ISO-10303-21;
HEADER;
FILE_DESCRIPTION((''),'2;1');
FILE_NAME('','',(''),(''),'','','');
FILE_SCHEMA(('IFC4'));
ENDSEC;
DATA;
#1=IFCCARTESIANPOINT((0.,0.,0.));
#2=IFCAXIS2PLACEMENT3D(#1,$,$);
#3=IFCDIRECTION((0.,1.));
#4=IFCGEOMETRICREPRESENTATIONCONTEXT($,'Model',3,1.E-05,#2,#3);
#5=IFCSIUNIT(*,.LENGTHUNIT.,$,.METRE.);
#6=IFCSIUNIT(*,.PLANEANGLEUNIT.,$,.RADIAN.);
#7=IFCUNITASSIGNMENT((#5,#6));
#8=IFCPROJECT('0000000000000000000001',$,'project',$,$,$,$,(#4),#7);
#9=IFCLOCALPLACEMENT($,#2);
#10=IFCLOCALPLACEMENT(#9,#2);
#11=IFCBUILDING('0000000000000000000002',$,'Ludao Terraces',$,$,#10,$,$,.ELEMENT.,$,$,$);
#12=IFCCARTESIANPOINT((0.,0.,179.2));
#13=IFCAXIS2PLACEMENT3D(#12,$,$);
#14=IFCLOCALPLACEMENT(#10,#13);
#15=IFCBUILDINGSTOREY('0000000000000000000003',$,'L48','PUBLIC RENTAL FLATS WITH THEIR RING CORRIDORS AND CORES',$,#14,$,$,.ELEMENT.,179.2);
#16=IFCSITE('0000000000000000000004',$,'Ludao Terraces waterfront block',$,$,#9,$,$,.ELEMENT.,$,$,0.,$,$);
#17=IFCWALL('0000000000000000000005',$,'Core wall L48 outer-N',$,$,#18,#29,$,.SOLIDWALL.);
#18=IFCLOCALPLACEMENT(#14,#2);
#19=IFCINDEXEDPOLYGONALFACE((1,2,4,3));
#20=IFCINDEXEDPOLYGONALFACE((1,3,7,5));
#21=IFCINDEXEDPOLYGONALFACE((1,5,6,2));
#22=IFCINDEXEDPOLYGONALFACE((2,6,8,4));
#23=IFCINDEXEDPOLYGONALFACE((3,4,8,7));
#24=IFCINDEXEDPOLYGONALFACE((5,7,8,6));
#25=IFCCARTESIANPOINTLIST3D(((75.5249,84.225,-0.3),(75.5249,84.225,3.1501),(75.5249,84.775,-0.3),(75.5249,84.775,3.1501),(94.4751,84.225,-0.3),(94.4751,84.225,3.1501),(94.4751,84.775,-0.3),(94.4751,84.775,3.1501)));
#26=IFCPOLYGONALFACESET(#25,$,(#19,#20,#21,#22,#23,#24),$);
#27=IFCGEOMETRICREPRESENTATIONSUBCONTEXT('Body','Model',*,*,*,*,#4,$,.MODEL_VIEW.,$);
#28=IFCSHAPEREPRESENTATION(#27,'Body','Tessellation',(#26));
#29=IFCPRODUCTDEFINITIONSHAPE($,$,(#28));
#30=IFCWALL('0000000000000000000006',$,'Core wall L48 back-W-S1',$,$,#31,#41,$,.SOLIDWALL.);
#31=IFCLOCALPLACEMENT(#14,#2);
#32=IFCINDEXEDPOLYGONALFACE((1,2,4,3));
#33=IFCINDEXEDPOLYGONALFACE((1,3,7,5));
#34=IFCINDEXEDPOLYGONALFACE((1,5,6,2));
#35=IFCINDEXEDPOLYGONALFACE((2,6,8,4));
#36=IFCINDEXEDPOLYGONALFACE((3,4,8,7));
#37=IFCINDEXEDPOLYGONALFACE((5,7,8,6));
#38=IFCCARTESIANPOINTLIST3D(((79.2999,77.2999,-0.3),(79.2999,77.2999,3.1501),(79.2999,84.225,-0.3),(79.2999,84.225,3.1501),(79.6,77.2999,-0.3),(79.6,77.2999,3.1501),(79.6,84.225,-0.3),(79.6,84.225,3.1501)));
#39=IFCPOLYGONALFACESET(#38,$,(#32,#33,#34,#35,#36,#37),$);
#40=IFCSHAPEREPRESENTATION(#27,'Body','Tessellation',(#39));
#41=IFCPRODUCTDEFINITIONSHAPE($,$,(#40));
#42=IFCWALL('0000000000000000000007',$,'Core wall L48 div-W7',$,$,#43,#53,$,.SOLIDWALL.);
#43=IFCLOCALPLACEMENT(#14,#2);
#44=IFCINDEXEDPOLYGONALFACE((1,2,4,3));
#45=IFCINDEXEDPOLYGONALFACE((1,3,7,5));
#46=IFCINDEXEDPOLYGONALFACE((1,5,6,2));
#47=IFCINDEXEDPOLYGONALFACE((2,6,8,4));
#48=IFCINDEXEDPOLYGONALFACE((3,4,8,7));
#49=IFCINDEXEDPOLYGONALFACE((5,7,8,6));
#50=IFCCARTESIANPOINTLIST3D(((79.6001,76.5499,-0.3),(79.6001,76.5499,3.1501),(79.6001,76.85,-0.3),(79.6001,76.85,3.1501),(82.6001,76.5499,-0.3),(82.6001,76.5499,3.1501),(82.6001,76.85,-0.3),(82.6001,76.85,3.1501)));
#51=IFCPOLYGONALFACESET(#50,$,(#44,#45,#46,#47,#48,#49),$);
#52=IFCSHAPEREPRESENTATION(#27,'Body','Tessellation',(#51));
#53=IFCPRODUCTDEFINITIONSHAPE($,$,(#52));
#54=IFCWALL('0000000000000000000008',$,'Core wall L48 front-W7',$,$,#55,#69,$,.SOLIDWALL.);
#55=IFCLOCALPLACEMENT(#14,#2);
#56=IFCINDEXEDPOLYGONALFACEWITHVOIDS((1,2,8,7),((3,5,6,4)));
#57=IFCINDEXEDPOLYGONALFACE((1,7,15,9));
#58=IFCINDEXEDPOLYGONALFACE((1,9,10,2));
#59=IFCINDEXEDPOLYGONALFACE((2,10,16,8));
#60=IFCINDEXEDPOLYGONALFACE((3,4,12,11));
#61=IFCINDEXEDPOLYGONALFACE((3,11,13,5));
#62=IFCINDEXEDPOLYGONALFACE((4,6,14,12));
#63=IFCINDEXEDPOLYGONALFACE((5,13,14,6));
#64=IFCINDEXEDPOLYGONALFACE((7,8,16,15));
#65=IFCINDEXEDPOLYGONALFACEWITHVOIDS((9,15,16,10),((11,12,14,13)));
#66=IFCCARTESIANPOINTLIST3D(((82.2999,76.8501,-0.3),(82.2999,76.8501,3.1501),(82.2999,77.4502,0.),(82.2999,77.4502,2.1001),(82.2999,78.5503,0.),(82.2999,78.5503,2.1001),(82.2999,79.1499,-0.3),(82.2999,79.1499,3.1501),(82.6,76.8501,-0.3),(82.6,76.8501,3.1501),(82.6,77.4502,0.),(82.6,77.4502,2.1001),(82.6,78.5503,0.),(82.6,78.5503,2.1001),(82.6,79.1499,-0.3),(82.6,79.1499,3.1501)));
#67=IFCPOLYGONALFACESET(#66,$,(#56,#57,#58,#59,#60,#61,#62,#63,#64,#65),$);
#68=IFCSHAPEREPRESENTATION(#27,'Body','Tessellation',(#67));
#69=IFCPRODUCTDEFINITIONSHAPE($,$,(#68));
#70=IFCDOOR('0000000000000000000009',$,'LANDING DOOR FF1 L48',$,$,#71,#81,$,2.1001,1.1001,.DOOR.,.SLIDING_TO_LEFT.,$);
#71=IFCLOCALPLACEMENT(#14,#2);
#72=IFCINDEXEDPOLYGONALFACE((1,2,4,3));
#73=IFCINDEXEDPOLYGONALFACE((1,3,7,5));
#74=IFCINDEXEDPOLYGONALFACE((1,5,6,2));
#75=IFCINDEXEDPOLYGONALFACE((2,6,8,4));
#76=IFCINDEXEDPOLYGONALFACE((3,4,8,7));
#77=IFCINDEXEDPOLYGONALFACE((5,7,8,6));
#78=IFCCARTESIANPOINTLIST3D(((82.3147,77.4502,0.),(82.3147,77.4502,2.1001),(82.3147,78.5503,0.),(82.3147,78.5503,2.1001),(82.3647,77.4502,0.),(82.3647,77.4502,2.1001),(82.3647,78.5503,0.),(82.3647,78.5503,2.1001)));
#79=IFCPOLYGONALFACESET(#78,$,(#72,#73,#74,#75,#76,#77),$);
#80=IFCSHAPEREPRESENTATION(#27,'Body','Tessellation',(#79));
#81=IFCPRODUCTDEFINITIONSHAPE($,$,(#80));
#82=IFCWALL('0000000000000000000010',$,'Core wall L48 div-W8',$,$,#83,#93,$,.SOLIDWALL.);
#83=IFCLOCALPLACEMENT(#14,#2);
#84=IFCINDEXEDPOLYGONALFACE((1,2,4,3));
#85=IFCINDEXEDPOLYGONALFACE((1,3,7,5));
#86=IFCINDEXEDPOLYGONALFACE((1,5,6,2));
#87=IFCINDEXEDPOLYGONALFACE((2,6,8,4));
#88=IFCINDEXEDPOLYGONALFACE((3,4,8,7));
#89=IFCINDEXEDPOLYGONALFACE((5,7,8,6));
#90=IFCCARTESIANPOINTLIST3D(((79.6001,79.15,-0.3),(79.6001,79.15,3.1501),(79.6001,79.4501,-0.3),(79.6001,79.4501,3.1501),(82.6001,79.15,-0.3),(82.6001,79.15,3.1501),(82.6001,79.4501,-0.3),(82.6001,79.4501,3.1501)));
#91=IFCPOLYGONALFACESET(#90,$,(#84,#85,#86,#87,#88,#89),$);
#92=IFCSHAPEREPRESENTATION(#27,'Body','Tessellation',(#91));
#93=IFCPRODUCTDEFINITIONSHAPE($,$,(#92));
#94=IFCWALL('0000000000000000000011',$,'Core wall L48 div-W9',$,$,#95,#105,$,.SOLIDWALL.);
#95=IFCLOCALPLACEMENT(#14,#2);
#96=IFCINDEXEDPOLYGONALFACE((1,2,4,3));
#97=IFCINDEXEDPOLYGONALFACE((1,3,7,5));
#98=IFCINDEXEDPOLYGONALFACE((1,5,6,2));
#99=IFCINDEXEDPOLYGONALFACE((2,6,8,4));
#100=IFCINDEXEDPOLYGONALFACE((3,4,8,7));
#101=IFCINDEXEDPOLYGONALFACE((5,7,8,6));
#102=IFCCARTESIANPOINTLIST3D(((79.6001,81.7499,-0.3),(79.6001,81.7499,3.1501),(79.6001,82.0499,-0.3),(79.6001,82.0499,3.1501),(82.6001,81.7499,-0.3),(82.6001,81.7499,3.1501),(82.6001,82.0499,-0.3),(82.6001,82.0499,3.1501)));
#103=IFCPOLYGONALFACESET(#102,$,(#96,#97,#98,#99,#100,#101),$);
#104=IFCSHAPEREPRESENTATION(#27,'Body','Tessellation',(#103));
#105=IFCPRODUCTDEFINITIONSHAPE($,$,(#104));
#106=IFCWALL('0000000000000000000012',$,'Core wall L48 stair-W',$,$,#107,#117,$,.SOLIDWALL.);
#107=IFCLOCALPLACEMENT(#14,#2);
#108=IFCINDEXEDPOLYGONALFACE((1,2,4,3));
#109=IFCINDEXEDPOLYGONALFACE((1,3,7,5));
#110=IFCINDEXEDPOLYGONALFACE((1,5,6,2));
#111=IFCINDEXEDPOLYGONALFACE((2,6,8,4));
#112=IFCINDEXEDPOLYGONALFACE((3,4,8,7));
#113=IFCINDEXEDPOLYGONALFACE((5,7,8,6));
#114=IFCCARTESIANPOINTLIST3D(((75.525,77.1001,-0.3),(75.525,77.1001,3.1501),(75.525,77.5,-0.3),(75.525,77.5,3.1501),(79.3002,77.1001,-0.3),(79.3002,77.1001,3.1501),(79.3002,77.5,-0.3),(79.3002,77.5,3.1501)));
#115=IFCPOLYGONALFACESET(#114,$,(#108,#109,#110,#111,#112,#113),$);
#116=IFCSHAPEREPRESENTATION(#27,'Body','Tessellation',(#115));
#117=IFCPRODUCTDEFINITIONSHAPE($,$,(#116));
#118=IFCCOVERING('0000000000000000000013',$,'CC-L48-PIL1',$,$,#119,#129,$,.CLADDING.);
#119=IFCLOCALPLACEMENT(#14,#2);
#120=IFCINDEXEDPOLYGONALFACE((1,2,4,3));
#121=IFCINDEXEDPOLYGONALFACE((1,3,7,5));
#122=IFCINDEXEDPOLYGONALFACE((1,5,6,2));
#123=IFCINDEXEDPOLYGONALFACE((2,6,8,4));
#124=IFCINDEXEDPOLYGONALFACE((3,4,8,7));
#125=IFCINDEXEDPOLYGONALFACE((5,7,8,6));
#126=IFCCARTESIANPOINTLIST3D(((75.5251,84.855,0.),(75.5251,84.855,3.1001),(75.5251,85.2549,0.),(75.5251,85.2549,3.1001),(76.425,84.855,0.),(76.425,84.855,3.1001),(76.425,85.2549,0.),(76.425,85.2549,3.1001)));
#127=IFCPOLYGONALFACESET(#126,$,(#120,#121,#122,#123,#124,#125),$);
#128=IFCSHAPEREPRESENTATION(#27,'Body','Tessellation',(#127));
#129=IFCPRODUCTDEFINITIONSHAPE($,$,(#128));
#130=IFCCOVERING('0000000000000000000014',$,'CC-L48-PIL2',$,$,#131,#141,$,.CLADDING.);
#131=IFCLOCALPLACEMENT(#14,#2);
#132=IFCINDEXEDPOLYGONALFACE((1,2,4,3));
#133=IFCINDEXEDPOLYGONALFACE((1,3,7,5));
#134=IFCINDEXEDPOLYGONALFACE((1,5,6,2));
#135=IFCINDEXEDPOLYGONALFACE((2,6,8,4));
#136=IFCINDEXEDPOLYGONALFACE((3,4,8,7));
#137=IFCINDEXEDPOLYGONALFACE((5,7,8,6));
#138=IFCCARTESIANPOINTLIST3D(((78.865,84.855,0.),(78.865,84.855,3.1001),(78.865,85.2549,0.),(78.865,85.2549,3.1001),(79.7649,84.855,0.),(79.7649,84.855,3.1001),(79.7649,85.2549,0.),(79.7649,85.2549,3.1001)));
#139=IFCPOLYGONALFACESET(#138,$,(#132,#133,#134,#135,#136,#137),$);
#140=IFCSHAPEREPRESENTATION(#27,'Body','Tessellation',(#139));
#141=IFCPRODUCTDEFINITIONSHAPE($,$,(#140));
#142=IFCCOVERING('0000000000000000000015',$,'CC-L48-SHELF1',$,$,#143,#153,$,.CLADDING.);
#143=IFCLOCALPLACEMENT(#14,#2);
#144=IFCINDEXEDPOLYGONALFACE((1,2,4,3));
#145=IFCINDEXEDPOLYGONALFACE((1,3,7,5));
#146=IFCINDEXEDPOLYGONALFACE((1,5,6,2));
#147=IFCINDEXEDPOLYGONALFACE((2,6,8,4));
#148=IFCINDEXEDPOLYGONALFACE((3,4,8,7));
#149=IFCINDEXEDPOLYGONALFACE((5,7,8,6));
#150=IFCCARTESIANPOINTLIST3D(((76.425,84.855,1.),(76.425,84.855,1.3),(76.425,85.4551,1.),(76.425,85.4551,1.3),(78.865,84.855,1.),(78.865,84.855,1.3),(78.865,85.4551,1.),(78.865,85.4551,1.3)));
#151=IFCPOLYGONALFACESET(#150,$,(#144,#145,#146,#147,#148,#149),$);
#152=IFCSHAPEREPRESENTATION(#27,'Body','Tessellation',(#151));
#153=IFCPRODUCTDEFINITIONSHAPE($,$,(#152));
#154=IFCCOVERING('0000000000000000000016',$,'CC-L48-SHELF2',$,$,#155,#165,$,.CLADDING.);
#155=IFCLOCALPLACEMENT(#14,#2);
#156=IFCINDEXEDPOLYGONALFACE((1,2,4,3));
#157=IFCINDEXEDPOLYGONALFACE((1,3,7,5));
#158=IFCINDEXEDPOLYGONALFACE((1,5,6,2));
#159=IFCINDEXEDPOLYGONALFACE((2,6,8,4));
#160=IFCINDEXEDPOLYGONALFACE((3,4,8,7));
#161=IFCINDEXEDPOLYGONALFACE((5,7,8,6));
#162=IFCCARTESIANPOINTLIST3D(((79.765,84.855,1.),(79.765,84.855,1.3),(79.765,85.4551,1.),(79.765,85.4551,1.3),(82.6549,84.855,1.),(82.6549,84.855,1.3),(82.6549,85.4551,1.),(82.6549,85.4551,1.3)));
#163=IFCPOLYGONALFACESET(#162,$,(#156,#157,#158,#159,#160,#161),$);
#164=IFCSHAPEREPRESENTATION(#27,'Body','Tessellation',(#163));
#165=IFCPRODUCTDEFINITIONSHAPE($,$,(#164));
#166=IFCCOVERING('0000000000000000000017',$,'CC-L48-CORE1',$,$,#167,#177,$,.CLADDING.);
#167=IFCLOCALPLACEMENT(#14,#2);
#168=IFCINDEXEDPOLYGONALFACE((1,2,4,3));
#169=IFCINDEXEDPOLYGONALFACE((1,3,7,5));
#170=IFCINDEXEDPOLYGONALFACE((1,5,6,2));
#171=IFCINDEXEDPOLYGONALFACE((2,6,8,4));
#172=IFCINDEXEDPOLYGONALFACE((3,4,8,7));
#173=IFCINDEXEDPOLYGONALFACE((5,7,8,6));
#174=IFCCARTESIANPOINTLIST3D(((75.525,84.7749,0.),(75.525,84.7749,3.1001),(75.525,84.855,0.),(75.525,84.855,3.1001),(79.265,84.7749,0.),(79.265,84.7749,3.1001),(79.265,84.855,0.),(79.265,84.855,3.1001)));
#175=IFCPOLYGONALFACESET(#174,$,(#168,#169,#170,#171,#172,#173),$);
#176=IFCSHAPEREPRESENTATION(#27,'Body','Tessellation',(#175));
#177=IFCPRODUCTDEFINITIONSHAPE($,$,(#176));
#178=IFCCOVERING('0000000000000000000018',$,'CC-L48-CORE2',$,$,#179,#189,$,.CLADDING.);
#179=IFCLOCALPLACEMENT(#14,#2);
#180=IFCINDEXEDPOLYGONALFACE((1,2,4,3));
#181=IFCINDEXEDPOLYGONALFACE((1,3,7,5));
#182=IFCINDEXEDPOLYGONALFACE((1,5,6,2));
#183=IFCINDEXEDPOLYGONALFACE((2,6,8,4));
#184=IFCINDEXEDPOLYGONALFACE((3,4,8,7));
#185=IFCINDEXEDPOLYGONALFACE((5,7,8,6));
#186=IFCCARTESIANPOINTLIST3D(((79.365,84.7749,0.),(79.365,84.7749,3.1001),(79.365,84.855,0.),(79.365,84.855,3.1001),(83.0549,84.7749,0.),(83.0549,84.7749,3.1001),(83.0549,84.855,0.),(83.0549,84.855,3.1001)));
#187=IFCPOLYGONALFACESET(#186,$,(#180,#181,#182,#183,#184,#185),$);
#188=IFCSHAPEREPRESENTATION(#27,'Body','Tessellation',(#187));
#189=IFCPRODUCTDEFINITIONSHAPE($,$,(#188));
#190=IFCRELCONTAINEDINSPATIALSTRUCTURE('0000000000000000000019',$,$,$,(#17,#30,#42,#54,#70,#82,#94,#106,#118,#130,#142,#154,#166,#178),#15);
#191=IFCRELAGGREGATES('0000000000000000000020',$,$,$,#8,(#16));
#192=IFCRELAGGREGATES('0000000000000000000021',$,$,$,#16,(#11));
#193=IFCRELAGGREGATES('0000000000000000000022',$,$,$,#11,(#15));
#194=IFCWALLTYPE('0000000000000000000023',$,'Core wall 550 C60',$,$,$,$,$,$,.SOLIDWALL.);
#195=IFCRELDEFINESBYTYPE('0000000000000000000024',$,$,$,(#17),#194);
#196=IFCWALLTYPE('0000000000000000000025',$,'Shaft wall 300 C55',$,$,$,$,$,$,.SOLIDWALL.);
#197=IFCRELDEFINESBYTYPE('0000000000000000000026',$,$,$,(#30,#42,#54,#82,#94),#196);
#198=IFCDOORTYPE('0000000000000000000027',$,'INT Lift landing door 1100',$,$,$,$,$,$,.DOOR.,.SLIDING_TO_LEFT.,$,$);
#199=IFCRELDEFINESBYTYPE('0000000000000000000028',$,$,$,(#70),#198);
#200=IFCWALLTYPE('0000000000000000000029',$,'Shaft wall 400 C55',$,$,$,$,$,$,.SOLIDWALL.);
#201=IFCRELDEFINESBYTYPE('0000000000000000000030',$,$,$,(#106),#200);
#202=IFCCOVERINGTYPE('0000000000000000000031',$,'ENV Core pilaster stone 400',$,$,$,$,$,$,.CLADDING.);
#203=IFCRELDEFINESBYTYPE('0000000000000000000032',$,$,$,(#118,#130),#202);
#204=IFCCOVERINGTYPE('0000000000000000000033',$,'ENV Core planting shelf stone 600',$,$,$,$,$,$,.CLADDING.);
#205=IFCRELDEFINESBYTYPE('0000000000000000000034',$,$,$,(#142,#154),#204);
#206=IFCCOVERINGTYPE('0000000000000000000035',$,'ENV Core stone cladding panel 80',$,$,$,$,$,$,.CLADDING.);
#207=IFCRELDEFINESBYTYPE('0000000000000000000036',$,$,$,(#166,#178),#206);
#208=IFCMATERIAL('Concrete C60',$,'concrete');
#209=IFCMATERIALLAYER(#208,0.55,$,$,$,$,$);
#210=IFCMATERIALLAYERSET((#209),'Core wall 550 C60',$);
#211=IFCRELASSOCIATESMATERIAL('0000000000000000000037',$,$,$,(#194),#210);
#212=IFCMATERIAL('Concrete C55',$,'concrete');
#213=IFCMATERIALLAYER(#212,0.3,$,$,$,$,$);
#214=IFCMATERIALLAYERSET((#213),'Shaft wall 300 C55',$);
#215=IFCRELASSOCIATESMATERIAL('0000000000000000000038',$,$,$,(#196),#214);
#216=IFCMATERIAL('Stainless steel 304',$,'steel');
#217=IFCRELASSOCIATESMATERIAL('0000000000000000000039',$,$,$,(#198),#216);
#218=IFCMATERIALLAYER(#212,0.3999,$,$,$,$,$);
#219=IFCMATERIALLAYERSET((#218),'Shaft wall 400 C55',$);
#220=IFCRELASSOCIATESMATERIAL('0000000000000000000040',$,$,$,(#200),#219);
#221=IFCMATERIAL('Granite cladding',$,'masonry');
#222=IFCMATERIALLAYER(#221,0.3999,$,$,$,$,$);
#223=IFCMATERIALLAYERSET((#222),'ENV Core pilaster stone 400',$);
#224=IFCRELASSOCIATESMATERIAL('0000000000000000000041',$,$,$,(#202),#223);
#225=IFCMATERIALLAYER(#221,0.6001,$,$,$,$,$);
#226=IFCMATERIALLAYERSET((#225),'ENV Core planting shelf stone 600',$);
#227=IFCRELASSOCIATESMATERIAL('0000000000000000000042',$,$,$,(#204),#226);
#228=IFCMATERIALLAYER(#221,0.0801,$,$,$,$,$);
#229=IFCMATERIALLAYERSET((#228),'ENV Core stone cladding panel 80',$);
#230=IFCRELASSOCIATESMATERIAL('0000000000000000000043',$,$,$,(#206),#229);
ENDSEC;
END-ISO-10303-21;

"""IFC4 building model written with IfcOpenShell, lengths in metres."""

from ifc_helpers import new_model, si_unit, direction, frame, frame_2d, origin, origin_2d, place, context, subcontext, project, spatial, rectangle, extrude, material, layer, layer_set, type_object, element, fill, save


model = new_model("IFC4")

# Units and contexts
model_context = context("Model", 3, precision=1e-05, world=origin(), true_north=direction((0.0, 1.0)))
body_context = subcontext(model_context, "Body", "Model", "MODEL_VIEW")
ifc_project = project(units=[si_unit("LENGTHUNIT", "METRE"), si_unit("PLANEANGLEUNIT", "RADIAN")], contexts=[model_context])

# Site, building, storey
site_placement = place(None, origin())
site = spatial("IfcSite", under=ifc_project, at=site_placement, Name="Ludao Terraces waterfront block", CompositionType="ELEMENT", RefElevation=0.0)
building_placement = place(site_placement, origin())
building = spatial("IfcBuilding", under=site, at=building_placement, Name="Ludao Terraces", CompositionType="ELEMENT")
storey_placement = place(building_placement, frame((0.0, 0.0, 179.2)))
storey = spatial("IfcBuildingStorey", under=building, at=storey_placement, Name="L48", Description="PUBLIC RENTAL FLATS WITH THEIR RING CORRIDORS AND CORES", CompositionType="ELEMENT", Elevation=179.2)

# Walls
ifc_material_1 = material(Name="Concrete C60", Category="concrete")
ifc_layer_1 = layer(ifc_material_1, 0.55)
ifc_layer_set_1 = layer_set([ifc_layer_1], Name="Core wall 550 C60")
wall_type_1 = type_object("IfcWallType", Name="Core wall 550 C60", PredefinedType="SOLIDWALL", material=ifc_layer_set_1)
wall_1_placement = place(storey_placement, frame((75.5249, 84.5, -0.3), z_axis=(0.0, 0.0, 1.0), x_axis=(1.0, 0.0, 0.0)))
element("IfcWall", 1, at=wall_1_placement, inside=storey, type_object=wall_type_1, Name="Core wall L48 outer-N", PredefinedType="SOLIDWALL", context=body_context, shape_type="SweptSolid", body=[
    extrude(rectangle(XDim=18.9502, YDim=0.55, at=frame_2d((9.4751, 0.0))), origin(), (0.0, 0.0, 1.0), 3.4502),
])
ifc_material_2 = material(Name="Concrete C55", Category="concrete")
ifc_layer_2 = layer(ifc_material_2, 0.3)
ifc_layer_set_2 = layer_set([ifc_layer_2], Name="Shaft wall 300 C55")
wall_type_2 = type_object("IfcWallType", Name="Shaft wall 300 C55", PredefinedType="SOLIDWALL", material=ifc_layer_set_2)
wall_2_placement = place(storey_placement, frame((79.45, 77.3, -0.3), z_axis=(0.0, 0.0, 1.0), x_axis=(0.0, 1.0, 0.0)))
element("IfcWall", 2, at=wall_2_placement, inside=storey, type_object=wall_type_2, Name="Core wall L48 back-W-S1", PredefinedType="SOLIDWALL", context=body_context, shape_type="SweptSolid", body=[
    extrude(rectangle(XDim=6.925, YDim=0.3, at=frame_2d((3.4624, 0.0))), origin(), (0.0, 0.0, 1.0), 3.4502),
])
wall_3_placement = place(storey_placement, frame((79.6001, 76.7, -0.3), z_axis=(0.0, 0.0, 1.0), x_axis=(1.0, 0.0, 0.0)))
element("IfcWall", 3, at=wall_3_placement, inside=storey, type_object=wall_type_2, Name="Core wall L48 div-W7", PredefinedType="SOLIDWALL", context=body_context, shape_type="SweptSolid", body=[
    extrude(rectangle(XDim=3.0, YDim=0.3, at=frame_2d((1.5, 0.0))), origin(), (0.0, 0.0, 1.0), 3.4502),
])

# Wall, opening, door
wall_4_placement = place(storey_placement, frame((82.45, 76.8501, -0.3), z_axis=(0.0, 0.0, 1.0), x_axis=(0.0, 1.0, 0.0)))
wall_4 = element("IfcWall", 4, at=wall_4_placement, inside=storey, type_object=wall_type_2, Name="Core wall L48 front-W7", PredefinedType="SOLIDWALL", context=body_context, shape_type="SweptSolid", body=[
    extrude(rectangle(XDim=2.2998, YDim=0.3, at=frame_2d((1.1499, 0.0))), origin(), (0.0, 0.0, 1.0), 3.4502),
])
opening_placement = place(wall_4_placement, frame((0.6001, 0.0, 0.3)))
opening = element("IfcOpeningElement", 5, at=opening_placement, cuts=wall_4, PredefinedType="OPENING", context=body_context, shape_type="SweptSolid", body=[
    extrude(rectangle(XDim=1.1001, YDim=2.1001, at=frame_2d((0.55, 1.05))), frame((0.0, 0.1602, 0.0), z_axis=(0.0, -1.0, 0.0), x_axis=(1.0, 0.0, 0.0)), (0.0, 0.0, 1.0), 0.3201),
])
ifc_material_3 = material(Name="Stainless steel 304", Category="steel")
door_type = type_object("IfcDoorType", Name="INT Lift landing door 1100", OperationType="SLIDING_TO_LEFT", PredefinedType="DOOR", material=ifc_material_3)
door_placement = place(opening_placement, origin())
door = element("IfcDoor", 6, at=door_placement, inside=storey, type_object=door_type, Name="LANDING DOOR FF1 L48", OperationType="SLIDING_TO_LEFT", OverallHeight=2.1001, OverallWidth=1.1001, PredefinedType="DOOR", context=body_context, shape_type="SweptSolid", body=[
    extrude(rectangle(XDim=1.1001, YDim=2.1001, at=frame_2d((0.55, 1.05))), frame((0.0, 0.1353, 0.0), z_axis=(0.0, -1.0, 0.0), x_axis=(1.0, 0.0, 0.0)), (0.0, 0.0, 1.0), 0.05),
])
fill(opening, door)

# Walls
for number, where, z_axis, x_axis, name in (
    (7, (79.6001, 79.3, -0.3), (0.0, 0.0, 1.0), (1.0, 0.0, 0.0), "Core wall L48 div-W8"),
    (8, (79.6001, 81.8999, -0.3), (0.0, 0.0, 1.0), (1.0, 0.0, 0.0), "Core wall L48 div-W9"),
):
    element("IfcWall", number, at=place(storey_placement, frame(where, z_axis=z_axis, x_axis=x_axis)), inside=storey, type_object=wall_type_2, Name=name, PredefinedType="SOLIDWALL", context=body_context, shape_type="SweptSolid", body=[
        extrude(rectangle(XDim=3.0, YDim=0.3, at=frame_2d((1.5, 0.0))), origin(), (0.0, 0.0, 1.0), 3.4502),
    ])
ifc_layer_3 = layer(ifc_material_2, 0.3999)
ifc_layer_set_3 = layer_set([ifc_layer_3], Name="Shaft wall 400 C55")
wall_type_3 = type_object("IfcWallType", Name="Shaft wall 400 C55", PredefinedType="SOLIDWALL", material=ifc_layer_set_3)
wall_5_placement = place(storey_placement, frame((75.5249, 77.3, -0.3), z_axis=(0.0, 0.0, 1.0), x_axis=(1.0, 0.0, 0.0)))
element("IfcWall", 9, at=wall_5_placement, inside=storey, type_object=wall_type_3, Name="Core wall L48 stair-W", PredefinedType="SOLIDWALL", context=body_context, shape_type="SweptSolid", body=[
    extrude(rectangle(XDim=3.7751, YDim=0.3999, at=frame_2d((1.8877, 0.0))), origin(), (0.0, 0.0, 1.0), 3.4502),
])

# Coverings
ifc_material_4 = material(Name="Granite cladding", Category="masonry")
ifc_layer_4 = layer(ifc_material_4, 0.3999)
ifc_layer_set_4 = layer_set([ifc_layer_4], Name="ENV Core pilaster stone 400")
covering_type_1 = type_object("IfcCoveringType", Name="ENV Core pilaster stone 400", PredefinedType="CLADDING", material=ifc_layer_set_4)
for number, where, z_axis, x_axis, name in (
    (10, (75.9751, 85.0549, 0.0), (0.0, 0.0, 1.0), (1.0, 0.0, 0.0), "CC-L48-PIL1"),
    (11, (79.3149, 85.0549, 0.0), (0.0, 0.0, 1.0), (1.0, 0.0, 0.0), "CC-L48-PIL2"),
):
    element("IfcCovering", number, at=place(storey_placement, frame(where, z_axis=z_axis, x_axis=x_axis)), inside=storey, type_object=covering_type_1, Name=name, PredefinedType="CLADDING", context=body_context, shape_type="SweptSolid", body=[
        extrude(rectangle(XDim=0.8999, YDim=0.3999, at=origin_2d()), origin(), (0.0, 0.0, 1.0), 3.1001),
    ])
ifc_layer_5 = layer(ifc_material_4, 0.6001)
ifc_layer_set_5 = layer_set([ifc_layer_5], Name="ENV Core planting shelf stone 600")
covering_type_2 = type_object("IfcCoveringType", Name="ENV Core planting shelf stone 600", PredefinedType="CLADDING", material=ifc_layer_set_5)
covering_1_placement = place(storey_placement, frame((77.645, 85.155, 1.0), z_axis=(0.0, 0.0, 1.0), x_axis=(1.0, 0.0, 0.0)))
element("IfcCovering", 12, at=covering_1_placement, inside=storey, type_object=covering_type_2, Name="CC-L48-SHELF1", PredefinedType="CLADDING", context=body_context, shape_type="SweptSolid", body=[
    extrude(rectangle(XDim=2.4399, YDim=0.6001, at=origin_2d()), origin(), (0.0, 0.0, 1.0), 0.3),
])
covering_2_placement = place(storey_placement, frame((81.21, 85.155, 1.0), z_axis=(0.0, 0.0, 1.0), x_axis=(1.0, 0.0, 0.0)))
element("IfcCovering", 13, at=covering_2_placement, inside=storey, type_object=covering_type_2, Name="CC-L48-SHELF2", PredefinedType="CLADDING", context=body_context, shape_type="SweptSolid", body=[
    extrude(rectangle(XDim=2.8899, YDim=0.6001, at=origin_2d()), origin(), (0.0, 0.0, 1.0), 0.3),
])
ifc_layer_6 = layer(ifc_material_4, 0.0801)
ifc_layer_set_6 = layer_set([ifc_layer_6], Name="ENV Core stone cladding panel 80")
covering_type_3 = type_object("IfcCoveringType", Name="ENV Core stone cladding panel 80", PredefinedType="CLADDING", material=ifc_layer_set_6)
covering_3_placement = place(storey_placement, frame((77.395, 84.8149, 0.0), z_axis=(0.0, 0.0, 1.0), x_axis=(1.0, 0.0, 0.0)))
element("IfcCovering", 14, at=covering_3_placement, inside=storey, type_object=covering_type_3, Name="CC-L48-CORE1", PredefinedType="CLADDING", context=body_context, shape_type="SweptSolid", body=[
    extrude(rectangle(XDim=3.74, YDim=0.0801, at=origin_2d()), origin(), (0.0, 0.0, 1.0), 3.1001),
])
covering_4_placement = place(storey_placement, frame((81.21, 84.8149, 0.0), z_axis=(0.0, 0.0, 1.0), x_axis=(1.0, 0.0, 0.0)))
element("IfcCovering", 15, at=covering_4_placement, inside=storey, type_object=covering_type_3, Name="CC-L48-CORE2", PredefinedType="CLADDING", context=body_context, shape_type="SweptSolid", body=[
    extrude(rectangle(XDim=3.6899, YDim=0.0801, at=origin_2d()), origin(), (0.0, 0.0, 1.0), 3.1001),
])

save(model, "model.ifc")
